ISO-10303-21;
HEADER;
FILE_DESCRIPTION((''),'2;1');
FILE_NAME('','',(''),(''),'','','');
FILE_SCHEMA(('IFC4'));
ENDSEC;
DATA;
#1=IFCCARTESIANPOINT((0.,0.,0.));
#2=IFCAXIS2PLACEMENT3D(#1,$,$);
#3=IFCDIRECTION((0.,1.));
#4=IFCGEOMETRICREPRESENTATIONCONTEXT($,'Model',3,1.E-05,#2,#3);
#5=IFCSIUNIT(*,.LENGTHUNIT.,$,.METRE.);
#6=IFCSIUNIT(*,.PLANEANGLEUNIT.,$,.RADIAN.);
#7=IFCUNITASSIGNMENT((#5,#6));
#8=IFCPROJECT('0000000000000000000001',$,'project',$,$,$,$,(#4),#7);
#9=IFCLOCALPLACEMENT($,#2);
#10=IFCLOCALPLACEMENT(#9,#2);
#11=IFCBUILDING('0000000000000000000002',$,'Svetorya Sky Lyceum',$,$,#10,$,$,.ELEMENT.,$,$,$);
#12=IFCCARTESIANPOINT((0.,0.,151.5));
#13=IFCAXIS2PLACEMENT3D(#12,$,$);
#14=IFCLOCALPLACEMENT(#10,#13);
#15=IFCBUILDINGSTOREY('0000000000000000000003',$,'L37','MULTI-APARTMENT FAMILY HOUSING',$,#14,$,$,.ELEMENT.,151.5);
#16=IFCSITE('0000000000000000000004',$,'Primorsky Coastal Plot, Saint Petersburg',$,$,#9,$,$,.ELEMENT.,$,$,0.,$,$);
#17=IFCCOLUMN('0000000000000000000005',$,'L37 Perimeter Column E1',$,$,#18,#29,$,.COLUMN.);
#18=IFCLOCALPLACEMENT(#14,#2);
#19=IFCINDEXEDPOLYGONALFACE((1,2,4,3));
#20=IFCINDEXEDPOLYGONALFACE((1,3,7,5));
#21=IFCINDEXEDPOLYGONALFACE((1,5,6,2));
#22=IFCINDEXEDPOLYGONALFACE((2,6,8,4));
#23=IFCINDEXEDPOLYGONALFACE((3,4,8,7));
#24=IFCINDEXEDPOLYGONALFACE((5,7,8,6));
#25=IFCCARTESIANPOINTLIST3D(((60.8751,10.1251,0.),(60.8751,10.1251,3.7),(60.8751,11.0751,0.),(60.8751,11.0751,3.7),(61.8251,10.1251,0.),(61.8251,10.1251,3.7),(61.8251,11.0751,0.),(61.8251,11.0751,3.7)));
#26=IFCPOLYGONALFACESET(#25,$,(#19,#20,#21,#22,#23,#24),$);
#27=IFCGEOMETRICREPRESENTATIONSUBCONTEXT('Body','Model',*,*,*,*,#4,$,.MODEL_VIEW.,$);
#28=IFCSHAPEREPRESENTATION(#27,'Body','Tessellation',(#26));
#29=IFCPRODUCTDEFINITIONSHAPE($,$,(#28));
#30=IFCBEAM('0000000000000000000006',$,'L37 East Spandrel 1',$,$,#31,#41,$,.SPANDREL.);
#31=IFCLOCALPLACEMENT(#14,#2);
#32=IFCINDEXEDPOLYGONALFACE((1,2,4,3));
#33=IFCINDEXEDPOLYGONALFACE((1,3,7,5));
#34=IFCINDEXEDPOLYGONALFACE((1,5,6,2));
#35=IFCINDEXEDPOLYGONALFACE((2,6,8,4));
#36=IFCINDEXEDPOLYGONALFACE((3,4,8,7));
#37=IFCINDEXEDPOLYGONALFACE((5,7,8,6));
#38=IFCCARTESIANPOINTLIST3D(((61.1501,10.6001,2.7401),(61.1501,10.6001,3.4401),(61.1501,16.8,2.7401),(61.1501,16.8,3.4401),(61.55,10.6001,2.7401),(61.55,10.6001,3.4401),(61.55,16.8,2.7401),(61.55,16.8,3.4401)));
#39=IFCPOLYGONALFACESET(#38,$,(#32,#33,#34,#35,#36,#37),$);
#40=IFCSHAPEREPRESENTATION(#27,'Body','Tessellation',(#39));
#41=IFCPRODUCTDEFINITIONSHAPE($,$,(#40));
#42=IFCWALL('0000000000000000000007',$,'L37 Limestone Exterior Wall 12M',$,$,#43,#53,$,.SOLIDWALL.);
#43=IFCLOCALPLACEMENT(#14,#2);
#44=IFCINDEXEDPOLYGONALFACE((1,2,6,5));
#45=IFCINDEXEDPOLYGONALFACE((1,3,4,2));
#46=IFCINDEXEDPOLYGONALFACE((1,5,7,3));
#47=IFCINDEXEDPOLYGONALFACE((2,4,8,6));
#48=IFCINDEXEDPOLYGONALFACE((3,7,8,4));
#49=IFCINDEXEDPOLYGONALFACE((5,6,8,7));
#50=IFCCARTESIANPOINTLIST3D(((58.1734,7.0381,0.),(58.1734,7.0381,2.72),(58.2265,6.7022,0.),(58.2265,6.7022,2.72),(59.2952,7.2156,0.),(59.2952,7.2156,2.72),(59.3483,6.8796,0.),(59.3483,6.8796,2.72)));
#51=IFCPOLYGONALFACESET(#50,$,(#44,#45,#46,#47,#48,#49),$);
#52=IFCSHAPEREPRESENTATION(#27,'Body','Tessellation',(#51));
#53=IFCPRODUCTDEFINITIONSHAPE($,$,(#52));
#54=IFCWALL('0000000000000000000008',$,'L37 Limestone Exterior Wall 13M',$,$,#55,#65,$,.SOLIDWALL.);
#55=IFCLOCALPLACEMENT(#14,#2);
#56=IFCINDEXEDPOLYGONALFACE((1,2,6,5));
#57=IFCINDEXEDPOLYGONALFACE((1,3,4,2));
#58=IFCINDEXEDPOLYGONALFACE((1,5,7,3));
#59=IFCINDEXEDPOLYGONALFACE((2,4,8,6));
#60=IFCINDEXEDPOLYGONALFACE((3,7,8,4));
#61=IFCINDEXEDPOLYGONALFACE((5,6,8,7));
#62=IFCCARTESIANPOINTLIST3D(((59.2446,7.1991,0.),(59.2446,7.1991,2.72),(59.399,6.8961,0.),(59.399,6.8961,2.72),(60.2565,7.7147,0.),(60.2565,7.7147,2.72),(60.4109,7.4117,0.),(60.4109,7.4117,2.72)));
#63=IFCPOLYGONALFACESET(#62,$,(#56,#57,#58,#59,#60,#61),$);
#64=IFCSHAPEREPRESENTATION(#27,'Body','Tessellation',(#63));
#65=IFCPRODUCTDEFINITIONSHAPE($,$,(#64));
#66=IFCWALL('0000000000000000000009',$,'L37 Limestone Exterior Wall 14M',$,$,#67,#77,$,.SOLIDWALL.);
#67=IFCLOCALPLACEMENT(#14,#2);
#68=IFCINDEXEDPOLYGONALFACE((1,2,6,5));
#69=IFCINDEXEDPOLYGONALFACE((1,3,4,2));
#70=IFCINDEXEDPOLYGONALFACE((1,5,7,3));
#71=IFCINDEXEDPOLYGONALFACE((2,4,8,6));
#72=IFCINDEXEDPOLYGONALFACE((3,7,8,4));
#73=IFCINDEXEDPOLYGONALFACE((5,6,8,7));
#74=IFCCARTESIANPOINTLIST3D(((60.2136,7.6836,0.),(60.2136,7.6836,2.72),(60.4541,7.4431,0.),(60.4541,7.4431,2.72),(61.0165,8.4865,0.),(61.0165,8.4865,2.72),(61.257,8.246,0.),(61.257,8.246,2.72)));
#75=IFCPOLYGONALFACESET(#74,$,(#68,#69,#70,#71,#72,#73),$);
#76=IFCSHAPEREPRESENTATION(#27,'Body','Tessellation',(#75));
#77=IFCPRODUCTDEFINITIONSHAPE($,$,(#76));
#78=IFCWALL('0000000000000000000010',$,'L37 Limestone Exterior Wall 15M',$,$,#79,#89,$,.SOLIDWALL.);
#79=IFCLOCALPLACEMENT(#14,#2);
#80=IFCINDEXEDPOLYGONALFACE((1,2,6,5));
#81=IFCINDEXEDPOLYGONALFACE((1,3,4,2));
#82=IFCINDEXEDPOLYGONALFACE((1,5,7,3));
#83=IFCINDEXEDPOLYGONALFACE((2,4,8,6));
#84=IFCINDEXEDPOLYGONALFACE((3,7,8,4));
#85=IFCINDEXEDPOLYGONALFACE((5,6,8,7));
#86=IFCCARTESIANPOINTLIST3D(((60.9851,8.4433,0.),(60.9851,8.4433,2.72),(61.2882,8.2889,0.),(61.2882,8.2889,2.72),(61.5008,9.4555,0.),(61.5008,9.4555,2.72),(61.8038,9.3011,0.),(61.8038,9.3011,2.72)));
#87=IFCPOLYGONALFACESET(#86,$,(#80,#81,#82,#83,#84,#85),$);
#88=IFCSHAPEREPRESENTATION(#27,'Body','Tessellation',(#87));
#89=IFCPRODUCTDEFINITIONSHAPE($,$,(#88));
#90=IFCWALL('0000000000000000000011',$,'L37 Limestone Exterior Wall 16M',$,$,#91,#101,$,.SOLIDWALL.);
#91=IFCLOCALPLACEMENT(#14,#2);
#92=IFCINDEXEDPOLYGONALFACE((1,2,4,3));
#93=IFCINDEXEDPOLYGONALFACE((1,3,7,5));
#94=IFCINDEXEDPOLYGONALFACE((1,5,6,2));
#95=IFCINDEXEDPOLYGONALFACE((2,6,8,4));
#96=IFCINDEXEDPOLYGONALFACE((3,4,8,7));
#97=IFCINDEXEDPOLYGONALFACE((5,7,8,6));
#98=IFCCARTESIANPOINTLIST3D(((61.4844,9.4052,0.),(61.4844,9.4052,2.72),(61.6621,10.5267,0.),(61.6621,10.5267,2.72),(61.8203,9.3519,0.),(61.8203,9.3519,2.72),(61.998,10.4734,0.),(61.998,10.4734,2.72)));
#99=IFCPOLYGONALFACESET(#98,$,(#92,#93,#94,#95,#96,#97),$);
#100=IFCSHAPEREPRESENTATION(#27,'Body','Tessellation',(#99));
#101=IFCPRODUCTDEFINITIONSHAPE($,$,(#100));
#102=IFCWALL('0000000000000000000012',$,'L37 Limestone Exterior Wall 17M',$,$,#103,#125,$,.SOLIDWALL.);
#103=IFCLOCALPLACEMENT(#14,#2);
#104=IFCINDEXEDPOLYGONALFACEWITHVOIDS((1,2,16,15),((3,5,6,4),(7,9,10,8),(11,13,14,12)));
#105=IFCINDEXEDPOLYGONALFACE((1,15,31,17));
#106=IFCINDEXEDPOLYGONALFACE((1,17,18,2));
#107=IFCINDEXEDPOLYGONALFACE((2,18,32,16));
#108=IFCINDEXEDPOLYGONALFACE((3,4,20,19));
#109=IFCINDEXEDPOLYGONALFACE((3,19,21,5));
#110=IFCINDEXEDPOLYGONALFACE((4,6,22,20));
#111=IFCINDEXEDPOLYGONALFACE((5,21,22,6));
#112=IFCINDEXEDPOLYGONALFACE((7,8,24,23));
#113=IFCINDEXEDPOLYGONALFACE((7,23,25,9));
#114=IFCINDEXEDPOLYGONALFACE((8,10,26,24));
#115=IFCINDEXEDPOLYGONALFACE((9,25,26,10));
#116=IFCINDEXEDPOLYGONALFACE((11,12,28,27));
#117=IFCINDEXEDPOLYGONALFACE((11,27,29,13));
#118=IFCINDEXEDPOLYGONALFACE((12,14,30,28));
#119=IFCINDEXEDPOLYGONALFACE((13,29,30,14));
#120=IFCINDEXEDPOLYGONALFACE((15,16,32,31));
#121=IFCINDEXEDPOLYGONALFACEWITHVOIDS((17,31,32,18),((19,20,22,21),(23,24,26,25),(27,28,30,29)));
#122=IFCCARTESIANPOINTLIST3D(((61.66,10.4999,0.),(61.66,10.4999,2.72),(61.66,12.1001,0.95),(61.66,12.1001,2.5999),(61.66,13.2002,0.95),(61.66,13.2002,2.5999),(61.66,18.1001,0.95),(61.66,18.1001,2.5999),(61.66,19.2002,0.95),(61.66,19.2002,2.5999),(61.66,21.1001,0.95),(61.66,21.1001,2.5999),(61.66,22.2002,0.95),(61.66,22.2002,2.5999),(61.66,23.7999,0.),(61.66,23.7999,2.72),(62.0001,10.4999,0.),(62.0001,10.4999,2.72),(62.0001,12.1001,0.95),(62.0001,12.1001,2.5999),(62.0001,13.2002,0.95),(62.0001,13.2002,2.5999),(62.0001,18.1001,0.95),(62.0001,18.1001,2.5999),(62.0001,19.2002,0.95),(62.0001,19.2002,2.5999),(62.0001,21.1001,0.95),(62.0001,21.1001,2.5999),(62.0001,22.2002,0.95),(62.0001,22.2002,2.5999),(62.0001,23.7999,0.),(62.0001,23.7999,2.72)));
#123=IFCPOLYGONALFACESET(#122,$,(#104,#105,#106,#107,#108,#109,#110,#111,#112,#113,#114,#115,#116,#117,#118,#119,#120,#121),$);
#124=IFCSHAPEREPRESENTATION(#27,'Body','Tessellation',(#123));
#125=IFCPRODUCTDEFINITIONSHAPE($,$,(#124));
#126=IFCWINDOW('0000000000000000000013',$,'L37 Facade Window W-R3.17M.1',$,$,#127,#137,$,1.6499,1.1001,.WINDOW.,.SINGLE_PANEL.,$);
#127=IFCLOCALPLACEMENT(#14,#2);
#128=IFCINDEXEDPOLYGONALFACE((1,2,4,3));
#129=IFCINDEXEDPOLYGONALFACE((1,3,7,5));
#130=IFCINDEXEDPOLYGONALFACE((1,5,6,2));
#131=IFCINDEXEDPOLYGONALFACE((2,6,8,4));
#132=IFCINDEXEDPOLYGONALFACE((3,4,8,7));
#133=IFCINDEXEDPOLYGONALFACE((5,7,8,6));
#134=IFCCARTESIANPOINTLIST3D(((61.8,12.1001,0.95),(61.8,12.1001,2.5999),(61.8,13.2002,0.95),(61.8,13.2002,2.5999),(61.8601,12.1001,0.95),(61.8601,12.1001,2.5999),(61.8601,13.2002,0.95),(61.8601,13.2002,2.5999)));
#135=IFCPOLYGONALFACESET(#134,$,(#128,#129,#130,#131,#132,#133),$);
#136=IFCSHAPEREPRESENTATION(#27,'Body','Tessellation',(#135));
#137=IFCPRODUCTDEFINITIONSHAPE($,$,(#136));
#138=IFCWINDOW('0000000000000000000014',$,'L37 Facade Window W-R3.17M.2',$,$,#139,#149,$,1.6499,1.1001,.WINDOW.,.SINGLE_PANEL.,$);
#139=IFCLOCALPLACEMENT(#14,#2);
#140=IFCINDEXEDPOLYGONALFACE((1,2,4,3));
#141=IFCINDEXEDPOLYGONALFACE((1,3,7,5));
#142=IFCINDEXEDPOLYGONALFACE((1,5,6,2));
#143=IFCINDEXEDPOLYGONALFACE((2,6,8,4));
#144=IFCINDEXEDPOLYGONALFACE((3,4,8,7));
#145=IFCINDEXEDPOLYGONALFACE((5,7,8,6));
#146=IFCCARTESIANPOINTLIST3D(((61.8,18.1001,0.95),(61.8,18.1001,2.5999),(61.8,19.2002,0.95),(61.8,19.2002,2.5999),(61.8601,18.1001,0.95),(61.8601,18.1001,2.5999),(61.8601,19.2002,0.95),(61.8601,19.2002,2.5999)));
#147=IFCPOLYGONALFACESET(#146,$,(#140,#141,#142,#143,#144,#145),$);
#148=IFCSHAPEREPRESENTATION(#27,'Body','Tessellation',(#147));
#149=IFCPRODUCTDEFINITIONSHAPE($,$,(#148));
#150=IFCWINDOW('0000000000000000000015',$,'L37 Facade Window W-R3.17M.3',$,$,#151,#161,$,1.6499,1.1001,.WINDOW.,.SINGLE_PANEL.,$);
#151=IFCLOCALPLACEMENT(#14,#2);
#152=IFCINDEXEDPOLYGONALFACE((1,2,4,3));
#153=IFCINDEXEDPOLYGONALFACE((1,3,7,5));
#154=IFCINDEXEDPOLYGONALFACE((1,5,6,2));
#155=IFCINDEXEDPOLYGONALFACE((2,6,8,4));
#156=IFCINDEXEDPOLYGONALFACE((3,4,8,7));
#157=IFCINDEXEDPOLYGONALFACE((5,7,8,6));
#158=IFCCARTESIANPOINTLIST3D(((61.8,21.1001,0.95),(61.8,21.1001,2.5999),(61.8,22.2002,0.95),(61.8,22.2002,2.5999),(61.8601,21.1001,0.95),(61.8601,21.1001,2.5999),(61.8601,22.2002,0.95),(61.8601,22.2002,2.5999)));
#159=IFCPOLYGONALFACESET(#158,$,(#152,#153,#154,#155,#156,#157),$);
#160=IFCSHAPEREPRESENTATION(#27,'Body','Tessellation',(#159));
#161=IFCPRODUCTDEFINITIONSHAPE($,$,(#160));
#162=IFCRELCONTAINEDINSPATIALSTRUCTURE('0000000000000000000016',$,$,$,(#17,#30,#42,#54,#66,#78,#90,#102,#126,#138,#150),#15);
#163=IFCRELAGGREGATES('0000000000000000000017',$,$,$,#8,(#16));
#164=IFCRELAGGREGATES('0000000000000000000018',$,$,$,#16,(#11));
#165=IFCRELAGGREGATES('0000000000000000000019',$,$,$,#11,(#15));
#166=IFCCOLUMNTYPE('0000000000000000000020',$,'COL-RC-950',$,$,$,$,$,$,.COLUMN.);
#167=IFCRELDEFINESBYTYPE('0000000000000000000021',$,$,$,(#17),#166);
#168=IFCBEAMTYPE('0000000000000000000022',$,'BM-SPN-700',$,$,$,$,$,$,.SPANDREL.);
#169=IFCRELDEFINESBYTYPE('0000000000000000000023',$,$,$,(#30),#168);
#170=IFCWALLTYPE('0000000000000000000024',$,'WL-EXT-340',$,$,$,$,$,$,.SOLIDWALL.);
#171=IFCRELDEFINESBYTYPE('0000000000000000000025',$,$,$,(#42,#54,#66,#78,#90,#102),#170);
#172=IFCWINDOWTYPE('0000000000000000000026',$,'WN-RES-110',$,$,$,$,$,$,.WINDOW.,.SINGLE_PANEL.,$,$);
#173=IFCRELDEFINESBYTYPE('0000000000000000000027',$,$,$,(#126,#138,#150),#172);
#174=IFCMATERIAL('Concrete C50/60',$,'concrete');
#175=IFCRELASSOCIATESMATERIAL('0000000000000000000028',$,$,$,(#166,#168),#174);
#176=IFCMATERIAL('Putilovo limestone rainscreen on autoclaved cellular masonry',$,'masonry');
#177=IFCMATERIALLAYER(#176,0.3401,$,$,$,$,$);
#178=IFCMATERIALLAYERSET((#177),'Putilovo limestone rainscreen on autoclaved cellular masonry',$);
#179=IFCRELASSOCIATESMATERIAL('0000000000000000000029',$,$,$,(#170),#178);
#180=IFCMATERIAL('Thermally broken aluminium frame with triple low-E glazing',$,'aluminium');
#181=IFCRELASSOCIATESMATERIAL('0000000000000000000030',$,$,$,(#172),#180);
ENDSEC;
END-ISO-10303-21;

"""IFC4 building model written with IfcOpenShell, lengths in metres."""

from ifc_helpers import new_model, si_unit, direction, frame, frame_2d, origin, origin_2d, place, context, subcontext, project, spatial, rectangle, extrude, material, layer, layer_set, material_profile, profile_set, type_object, element, fill, save


model = new_model("IFC4")

# Units and contexts
model_context = context("Model", 3, precision=1e-05, world=origin(), true_north=direction((0.0, 1.0)))
body_context = subcontext(model_context, "Body", "Model", "MODEL_VIEW")
ifc_project = project(units=[si_unit("LENGTHUNIT", "METRE"), si_unit("PLANEANGLEUNIT", "RADIAN")], contexts=[model_context])

# Site, building, storey
site_placement = place(None, origin())
site = spatial("IfcSite", under=ifc_project, at=site_placement, Name="Primorsky Coastal Plot, Saint Petersburg", CompositionType="ELEMENT", RefElevation=0.0)
building_placement = place(site_placement, origin())
building = spatial("IfcBuilding", under=site, at=building_placement, Name="Svetorya Sky Lyceum", CompositionType="ELEMENT")
storey_placement = place(building_placement, frame((0.0, 0.0, 151.5)))
storey = spatial("IfcBuildingStorey", under=building, at=storey_placement, Name="L37", Description="MULTI-APARTMENT FAMILY HOUSING", CompositionType="ELEMENT", Elevation=151.5)

# Column
ifc_material_1 = material(Name="Concrete C50/60", Category="concrete")
ifc_material_profile_1 = material_profile(ifc_material_1, rectangle(XDim=0.95, YDim=0.95, at=origin_2d()), Name="RC COL 950x950")
ifc_profile_set_1 = profile_set([ifc_material_profile_1], Name="Concrete C50/60")
column_type = type_object("IfcColumnType", Name="COL-RC-950", PredefinedType="COLUMN", material=ifc_profile_set_1)
column_placement = place(storey_placement, frame((61.3501, 10.6001, 0.0), z_axis=(0.0, 0.0, 1.0), x_axis=(1.0, 0.0, 0.0)))
element("IfcColumn", 1, at=column_placement, inside=storey, type_object=column_type, Name="L37 Perimeter Column E1", PredefinedType="COLUMN", context=body_context, shape_type="SweptSolid", body=[
    extrude(rectangle(XDim=0.95, YDim=0.95, at=origin_2d()), origin(), (0.0, 0.0, 1.0), 3.7),
])

# Beam
ifc_material_profile_2 = material_profile(ifc_material_1, rectangle(XDim=0.3999, YDim=0.7, at=origin_2d()), Name="RC SPANDREL 400x700")
ifc_profile_set_2 = profile_set([ifc_material_profile_2], Name="Concrete C50/60")
beam_type = type_object("IfcBeamType", Name="BM-SPN-700", PredefinedType="SPANDREL", material=ifc_profile_set_2)
beam_placement = place(storey_placement, frame((61.3501, 10.6001, 3.0901), z_axis=(0.0, 1.0, 0.0), x_axis=(-1.0, 0.0, 0.0)))
element("IfcBeam", 2, at=beam_placement, inside=storey, type_object=beam_type, Name="L37 East Spandrel 1", PredefinedType="SPANDREL", context=body_context, shape_type="SweptSolid", body=[
    extrude(rectangle(XDim=0.3999, YDim=0.7, at=origin_2d()), origin(), (0.0, 0.0, 1.0), 6.2),
])

# Walls
ifc_material_2 = material(Name="Putilovo limestone rainscreen on autoclaved cellular masonry", Category="masonry")
ifc_layer_1 = layer(ifc_material_2, 0.3401)
ifc_layer_set_1 = layer_set([ifc_layer_1], Name="Putilovo limestone rainscreen on autoclaved cellular masonry")
wall_type_1 = type_object("IfcWallType", Name="WL-EXT-340", PredefinedType="SOLIDWALL", material=ifc_layer_set_1)
for number, where, z_axis, x_axis, name in (
    (3, (58.2, 6.8701, 0.0), (0.0, 0.0, 1.0), (0.987714, 0.156272, 0.0), "L37 Limestone Exterior Wall 12M"),
    (4, (59.3218, 7.0476, 0.0), (0.0, 0.0, 1.0), (0.891005, 0.453993, 0.0), "L37 Limestone Exterior Wall 13M"),
):
    element("IfcWall", number, at=place(storey_placement, frame(where, z_axis=z_axis, x_axis=x_axis)), inside=storey, type_object=wall_type_1, Name=name, PredefinedType="SOLIDWALL", context=body_context, shape_type="SweptSolid", body=[
        extrude(rectangle(XDim=1.1357, YDim=0.3401, at=frame_2d((0.5679, 0.0))), origin(), (0.0, 0.0, 1.0), 2.72),
    ])
wall_1_placement = place(storey_placement, frame((60.3337, 7.5632, 0.0), z_axis=(0.0, 0.0, 1.0), x_axis=(0.707107, 0.707107, 0.0)))
element("IfcWall", 5, at=wall_1_placement, inside=storey, type_object=wall_type_1, Name="L37 Limestone Exterior Wall 14M", PredefinedType="SOLIDWALL", context=body_context, shape_type="SweptSolid", body=[
    extrude(rectangle(XDim=1.1355, YDim=0.3401, at=frame_2d((0.5679, 0.0))), origin(), (0.0, 0.0, 1.0), 2.72),
])
wall_2_placement = place(storey_placement, frame((61.1367, 8.3662, 0.0), z_axis=(0.0, 0.0, 1.0), x_axis=(0.453906, 0.891049, 0.0)))
element("IfcWall", 6, at=wall_2_placement, inside=storey, type_object=wall_type_1, Name="L37 Limestone Exterior Wall 15M", PredefinedType="SOLIDWALL", context=body_context, shape_type="SweptSolid", body=[
    extrude(rectangle(XDim=1.136, YDim=0.3401, at=frame_2d((0.5679, 0.0))), origin(), (0.0, 0.0, 1.0), 2.72),
])
wall_3_placement = place(storey_placement, frame((61.6523, 9.3784, 0.0), z_axis=(0.0, 0.0, 1.0), x_axis=(0.156515, 0.987676, 0.0)))
element("IfcWall", 7, at=wall_3_placement, inside=storey, type_object=wall_type_1, Name="L37 Limestone Exterior Wall 16M", PredefinedType="SOLIDWALL", context=body_context, shape_type="SweptSolid", body=[
    extrude(rectangle(XDim=1.1355, YDim=0.3401, at=frame_2d((0.5679, 0.0))), origin(), (0.0, 0.0, 1.0), 2.72),
])

# Wall, openings, windows
wall_4_placement = place(storey_placement, frame((61.8301, 10.5, 0.0), z_axis=(0.0, 0.0, 1.0), x_axis=(0.0, 1.0, 0.0)))
wall_4 = element("IfcWall", 8, at=wall_4_placement, inside=storey, type_object=wall_type_1, Name="L37 Limestone Exterior Wall 17M", PredefinedType="SOLIDWALL", context=body_context, shape_type="SweptSolid", body=[
    extrude(rectangle(XDim=13.3, YDim=0.3401, at=frame_2d((6.6499, 0.0))), origin(), (0.0, 0.0, 1.0), 2.72),
])
opening_1_placement = place(wall_4_placement, frame((1.6001, 0.0, 0.95)))
opening_1 = element("IfcOpeningElement", 9, at=opening_1_placement, cuts=wall_4, PredefinedType="OPENING", context=body_context, shape_type="SweptSolid", body=[
    extrude(rectangle(XDim=1.1001, YDim=1.6499, at=frame_2d((0.55, 0.825))), frame((0.0, 0.1799, 0.0), z_axis=(0.0, -1.0, 0.0), x_axis=(1.0, 0.0, 0.0)), (0.0, 0.0, 1.0), 0.3601),
])
opening_2_placement = place(wall_4_placement, frame((7.6001, 0.0, 0.95)))
opening_2 = element("IfcOpeningElement", 10, at=opening_2_placement, cuts=wall_4, PredefinedType="OPENING", context=body_context, shape_type="SweptSolid", body=[
    extrude(rectangle(XDim=1.1001, YDim=1.6499, at=frame_2d((0.55, 0.825))), frame((0.0, 0.1799, 0.0), z_axis=(0.0, -1.0, 0.0), x_axis=(1.0, 0.0, 0.0)), (0.0, 0.0, 1.0), 0.3601),
])
opening_3_placement = place(wall_4_placement, frame((10.6001, 0.0, 0.95)))
opening_3 = element("IfcOpeningElement", 11, at=opening_3_placement, cuts=wall_4, PredefinedType="OPENING", context=body_context, shape_type="SweptSolid", body=[
    extrude(rectangle(XDim=1.1001, YDim=1.6499, at=frame_2d((0.55, 0.825))), frame((0.0, 0.1799, 0.0), z_axis=(0.0, -1.0, 0.0), x_axis=(1.0, 0.0, 0.0)), (0.0, 0.0, 1.0), 0.3601),
])
ifc_material_3 = material(Name="Thermally broken aluminium frame with triple low-E glazing", Category="aluminium")
window_type = type_object("IfcWindowType", Name="WN-RES-110", PartitioningType="SINGLE_PANEL", PredefinedType="WINDOW", material=ifc_material_3)
window_1_placement = place(opening_1_placement, origin())
window_1 = element("IfcWindow", 12, at=window_1_placement, inside=storey, type_object=window_type, Name="L37 Facade Window W-R3.17M.1", OverallHeight=1.6499, OverallWidth=1.1001, PartitioningType="SINGLE_PANEL", PredefinedType="WINDOW", context=body_context, shape_type="SweptSolid", body=[
    extrude(rectangle(XDim=1.1001, YDim=1.6499, at=frame_2d((0.55, 0.825))), frame((0.0, 0.03, 0.0), z_axis=(0.0, -1.0, 0.0), x_axis=(1.0, 0.0, 0.0)), (0.0, 0.0, 1.0), 0.0601),
])
fill(opening_1, window_1)
window_2_placement = place(opening_2_placement, origin())
window_2 = element("IfcWindow", 13, at=window_2_placement, inside=storey, type_object=window_type, Name="L37 Facade Window W-R3.17M.2", OverallHeight=1.6499, OverallWidth=1.1001, PartitioningType="SINGLE_PANEL", PredefinedType="WINDOW", context=body_context, shape_type="SweptSolid", body=[
    extrude(rectangle(XDim=1.1001, YDim=1.6499, at=frame_2d((0.55, 0.825))), frame((0.0, 0.03, 0.0), z_axis=(0.0, -1.0, 0.0), x_axis=(1.0, 0.0, 0.0)), (0.0, 0.0, 1.0), 0.0601),
])
fill(opening_2, window_2)
window_3_placement = place(opening_3_placement, origin())
window_3 = element("IfcWindow", 14, at=window_3_placement, inside=storey, type_object=window_type, Name="L37 Facade Window W-R3.17M.3", OverallHeight=1.6499, OverallWidth=1.1001, PartitioningType="SINGLE_PANEL", PredefinedType="WINDOW", context=body_context, shape_type="SweptSolid", body=[
    extrude(rectangle(XDim=1.1001, YDim=1.6499, at=frame_2d((0.55, 0.825))), frame((0.0, 0.03, 0.0), z_axis=(0.0, -1.0, 0.0), x_axis=(1.0, 0.0, 0.0)), (0.0, 0.0, 1.0), 0.0601),
])
fill(opening_3, window_3)

save(model, "model.ifc")
